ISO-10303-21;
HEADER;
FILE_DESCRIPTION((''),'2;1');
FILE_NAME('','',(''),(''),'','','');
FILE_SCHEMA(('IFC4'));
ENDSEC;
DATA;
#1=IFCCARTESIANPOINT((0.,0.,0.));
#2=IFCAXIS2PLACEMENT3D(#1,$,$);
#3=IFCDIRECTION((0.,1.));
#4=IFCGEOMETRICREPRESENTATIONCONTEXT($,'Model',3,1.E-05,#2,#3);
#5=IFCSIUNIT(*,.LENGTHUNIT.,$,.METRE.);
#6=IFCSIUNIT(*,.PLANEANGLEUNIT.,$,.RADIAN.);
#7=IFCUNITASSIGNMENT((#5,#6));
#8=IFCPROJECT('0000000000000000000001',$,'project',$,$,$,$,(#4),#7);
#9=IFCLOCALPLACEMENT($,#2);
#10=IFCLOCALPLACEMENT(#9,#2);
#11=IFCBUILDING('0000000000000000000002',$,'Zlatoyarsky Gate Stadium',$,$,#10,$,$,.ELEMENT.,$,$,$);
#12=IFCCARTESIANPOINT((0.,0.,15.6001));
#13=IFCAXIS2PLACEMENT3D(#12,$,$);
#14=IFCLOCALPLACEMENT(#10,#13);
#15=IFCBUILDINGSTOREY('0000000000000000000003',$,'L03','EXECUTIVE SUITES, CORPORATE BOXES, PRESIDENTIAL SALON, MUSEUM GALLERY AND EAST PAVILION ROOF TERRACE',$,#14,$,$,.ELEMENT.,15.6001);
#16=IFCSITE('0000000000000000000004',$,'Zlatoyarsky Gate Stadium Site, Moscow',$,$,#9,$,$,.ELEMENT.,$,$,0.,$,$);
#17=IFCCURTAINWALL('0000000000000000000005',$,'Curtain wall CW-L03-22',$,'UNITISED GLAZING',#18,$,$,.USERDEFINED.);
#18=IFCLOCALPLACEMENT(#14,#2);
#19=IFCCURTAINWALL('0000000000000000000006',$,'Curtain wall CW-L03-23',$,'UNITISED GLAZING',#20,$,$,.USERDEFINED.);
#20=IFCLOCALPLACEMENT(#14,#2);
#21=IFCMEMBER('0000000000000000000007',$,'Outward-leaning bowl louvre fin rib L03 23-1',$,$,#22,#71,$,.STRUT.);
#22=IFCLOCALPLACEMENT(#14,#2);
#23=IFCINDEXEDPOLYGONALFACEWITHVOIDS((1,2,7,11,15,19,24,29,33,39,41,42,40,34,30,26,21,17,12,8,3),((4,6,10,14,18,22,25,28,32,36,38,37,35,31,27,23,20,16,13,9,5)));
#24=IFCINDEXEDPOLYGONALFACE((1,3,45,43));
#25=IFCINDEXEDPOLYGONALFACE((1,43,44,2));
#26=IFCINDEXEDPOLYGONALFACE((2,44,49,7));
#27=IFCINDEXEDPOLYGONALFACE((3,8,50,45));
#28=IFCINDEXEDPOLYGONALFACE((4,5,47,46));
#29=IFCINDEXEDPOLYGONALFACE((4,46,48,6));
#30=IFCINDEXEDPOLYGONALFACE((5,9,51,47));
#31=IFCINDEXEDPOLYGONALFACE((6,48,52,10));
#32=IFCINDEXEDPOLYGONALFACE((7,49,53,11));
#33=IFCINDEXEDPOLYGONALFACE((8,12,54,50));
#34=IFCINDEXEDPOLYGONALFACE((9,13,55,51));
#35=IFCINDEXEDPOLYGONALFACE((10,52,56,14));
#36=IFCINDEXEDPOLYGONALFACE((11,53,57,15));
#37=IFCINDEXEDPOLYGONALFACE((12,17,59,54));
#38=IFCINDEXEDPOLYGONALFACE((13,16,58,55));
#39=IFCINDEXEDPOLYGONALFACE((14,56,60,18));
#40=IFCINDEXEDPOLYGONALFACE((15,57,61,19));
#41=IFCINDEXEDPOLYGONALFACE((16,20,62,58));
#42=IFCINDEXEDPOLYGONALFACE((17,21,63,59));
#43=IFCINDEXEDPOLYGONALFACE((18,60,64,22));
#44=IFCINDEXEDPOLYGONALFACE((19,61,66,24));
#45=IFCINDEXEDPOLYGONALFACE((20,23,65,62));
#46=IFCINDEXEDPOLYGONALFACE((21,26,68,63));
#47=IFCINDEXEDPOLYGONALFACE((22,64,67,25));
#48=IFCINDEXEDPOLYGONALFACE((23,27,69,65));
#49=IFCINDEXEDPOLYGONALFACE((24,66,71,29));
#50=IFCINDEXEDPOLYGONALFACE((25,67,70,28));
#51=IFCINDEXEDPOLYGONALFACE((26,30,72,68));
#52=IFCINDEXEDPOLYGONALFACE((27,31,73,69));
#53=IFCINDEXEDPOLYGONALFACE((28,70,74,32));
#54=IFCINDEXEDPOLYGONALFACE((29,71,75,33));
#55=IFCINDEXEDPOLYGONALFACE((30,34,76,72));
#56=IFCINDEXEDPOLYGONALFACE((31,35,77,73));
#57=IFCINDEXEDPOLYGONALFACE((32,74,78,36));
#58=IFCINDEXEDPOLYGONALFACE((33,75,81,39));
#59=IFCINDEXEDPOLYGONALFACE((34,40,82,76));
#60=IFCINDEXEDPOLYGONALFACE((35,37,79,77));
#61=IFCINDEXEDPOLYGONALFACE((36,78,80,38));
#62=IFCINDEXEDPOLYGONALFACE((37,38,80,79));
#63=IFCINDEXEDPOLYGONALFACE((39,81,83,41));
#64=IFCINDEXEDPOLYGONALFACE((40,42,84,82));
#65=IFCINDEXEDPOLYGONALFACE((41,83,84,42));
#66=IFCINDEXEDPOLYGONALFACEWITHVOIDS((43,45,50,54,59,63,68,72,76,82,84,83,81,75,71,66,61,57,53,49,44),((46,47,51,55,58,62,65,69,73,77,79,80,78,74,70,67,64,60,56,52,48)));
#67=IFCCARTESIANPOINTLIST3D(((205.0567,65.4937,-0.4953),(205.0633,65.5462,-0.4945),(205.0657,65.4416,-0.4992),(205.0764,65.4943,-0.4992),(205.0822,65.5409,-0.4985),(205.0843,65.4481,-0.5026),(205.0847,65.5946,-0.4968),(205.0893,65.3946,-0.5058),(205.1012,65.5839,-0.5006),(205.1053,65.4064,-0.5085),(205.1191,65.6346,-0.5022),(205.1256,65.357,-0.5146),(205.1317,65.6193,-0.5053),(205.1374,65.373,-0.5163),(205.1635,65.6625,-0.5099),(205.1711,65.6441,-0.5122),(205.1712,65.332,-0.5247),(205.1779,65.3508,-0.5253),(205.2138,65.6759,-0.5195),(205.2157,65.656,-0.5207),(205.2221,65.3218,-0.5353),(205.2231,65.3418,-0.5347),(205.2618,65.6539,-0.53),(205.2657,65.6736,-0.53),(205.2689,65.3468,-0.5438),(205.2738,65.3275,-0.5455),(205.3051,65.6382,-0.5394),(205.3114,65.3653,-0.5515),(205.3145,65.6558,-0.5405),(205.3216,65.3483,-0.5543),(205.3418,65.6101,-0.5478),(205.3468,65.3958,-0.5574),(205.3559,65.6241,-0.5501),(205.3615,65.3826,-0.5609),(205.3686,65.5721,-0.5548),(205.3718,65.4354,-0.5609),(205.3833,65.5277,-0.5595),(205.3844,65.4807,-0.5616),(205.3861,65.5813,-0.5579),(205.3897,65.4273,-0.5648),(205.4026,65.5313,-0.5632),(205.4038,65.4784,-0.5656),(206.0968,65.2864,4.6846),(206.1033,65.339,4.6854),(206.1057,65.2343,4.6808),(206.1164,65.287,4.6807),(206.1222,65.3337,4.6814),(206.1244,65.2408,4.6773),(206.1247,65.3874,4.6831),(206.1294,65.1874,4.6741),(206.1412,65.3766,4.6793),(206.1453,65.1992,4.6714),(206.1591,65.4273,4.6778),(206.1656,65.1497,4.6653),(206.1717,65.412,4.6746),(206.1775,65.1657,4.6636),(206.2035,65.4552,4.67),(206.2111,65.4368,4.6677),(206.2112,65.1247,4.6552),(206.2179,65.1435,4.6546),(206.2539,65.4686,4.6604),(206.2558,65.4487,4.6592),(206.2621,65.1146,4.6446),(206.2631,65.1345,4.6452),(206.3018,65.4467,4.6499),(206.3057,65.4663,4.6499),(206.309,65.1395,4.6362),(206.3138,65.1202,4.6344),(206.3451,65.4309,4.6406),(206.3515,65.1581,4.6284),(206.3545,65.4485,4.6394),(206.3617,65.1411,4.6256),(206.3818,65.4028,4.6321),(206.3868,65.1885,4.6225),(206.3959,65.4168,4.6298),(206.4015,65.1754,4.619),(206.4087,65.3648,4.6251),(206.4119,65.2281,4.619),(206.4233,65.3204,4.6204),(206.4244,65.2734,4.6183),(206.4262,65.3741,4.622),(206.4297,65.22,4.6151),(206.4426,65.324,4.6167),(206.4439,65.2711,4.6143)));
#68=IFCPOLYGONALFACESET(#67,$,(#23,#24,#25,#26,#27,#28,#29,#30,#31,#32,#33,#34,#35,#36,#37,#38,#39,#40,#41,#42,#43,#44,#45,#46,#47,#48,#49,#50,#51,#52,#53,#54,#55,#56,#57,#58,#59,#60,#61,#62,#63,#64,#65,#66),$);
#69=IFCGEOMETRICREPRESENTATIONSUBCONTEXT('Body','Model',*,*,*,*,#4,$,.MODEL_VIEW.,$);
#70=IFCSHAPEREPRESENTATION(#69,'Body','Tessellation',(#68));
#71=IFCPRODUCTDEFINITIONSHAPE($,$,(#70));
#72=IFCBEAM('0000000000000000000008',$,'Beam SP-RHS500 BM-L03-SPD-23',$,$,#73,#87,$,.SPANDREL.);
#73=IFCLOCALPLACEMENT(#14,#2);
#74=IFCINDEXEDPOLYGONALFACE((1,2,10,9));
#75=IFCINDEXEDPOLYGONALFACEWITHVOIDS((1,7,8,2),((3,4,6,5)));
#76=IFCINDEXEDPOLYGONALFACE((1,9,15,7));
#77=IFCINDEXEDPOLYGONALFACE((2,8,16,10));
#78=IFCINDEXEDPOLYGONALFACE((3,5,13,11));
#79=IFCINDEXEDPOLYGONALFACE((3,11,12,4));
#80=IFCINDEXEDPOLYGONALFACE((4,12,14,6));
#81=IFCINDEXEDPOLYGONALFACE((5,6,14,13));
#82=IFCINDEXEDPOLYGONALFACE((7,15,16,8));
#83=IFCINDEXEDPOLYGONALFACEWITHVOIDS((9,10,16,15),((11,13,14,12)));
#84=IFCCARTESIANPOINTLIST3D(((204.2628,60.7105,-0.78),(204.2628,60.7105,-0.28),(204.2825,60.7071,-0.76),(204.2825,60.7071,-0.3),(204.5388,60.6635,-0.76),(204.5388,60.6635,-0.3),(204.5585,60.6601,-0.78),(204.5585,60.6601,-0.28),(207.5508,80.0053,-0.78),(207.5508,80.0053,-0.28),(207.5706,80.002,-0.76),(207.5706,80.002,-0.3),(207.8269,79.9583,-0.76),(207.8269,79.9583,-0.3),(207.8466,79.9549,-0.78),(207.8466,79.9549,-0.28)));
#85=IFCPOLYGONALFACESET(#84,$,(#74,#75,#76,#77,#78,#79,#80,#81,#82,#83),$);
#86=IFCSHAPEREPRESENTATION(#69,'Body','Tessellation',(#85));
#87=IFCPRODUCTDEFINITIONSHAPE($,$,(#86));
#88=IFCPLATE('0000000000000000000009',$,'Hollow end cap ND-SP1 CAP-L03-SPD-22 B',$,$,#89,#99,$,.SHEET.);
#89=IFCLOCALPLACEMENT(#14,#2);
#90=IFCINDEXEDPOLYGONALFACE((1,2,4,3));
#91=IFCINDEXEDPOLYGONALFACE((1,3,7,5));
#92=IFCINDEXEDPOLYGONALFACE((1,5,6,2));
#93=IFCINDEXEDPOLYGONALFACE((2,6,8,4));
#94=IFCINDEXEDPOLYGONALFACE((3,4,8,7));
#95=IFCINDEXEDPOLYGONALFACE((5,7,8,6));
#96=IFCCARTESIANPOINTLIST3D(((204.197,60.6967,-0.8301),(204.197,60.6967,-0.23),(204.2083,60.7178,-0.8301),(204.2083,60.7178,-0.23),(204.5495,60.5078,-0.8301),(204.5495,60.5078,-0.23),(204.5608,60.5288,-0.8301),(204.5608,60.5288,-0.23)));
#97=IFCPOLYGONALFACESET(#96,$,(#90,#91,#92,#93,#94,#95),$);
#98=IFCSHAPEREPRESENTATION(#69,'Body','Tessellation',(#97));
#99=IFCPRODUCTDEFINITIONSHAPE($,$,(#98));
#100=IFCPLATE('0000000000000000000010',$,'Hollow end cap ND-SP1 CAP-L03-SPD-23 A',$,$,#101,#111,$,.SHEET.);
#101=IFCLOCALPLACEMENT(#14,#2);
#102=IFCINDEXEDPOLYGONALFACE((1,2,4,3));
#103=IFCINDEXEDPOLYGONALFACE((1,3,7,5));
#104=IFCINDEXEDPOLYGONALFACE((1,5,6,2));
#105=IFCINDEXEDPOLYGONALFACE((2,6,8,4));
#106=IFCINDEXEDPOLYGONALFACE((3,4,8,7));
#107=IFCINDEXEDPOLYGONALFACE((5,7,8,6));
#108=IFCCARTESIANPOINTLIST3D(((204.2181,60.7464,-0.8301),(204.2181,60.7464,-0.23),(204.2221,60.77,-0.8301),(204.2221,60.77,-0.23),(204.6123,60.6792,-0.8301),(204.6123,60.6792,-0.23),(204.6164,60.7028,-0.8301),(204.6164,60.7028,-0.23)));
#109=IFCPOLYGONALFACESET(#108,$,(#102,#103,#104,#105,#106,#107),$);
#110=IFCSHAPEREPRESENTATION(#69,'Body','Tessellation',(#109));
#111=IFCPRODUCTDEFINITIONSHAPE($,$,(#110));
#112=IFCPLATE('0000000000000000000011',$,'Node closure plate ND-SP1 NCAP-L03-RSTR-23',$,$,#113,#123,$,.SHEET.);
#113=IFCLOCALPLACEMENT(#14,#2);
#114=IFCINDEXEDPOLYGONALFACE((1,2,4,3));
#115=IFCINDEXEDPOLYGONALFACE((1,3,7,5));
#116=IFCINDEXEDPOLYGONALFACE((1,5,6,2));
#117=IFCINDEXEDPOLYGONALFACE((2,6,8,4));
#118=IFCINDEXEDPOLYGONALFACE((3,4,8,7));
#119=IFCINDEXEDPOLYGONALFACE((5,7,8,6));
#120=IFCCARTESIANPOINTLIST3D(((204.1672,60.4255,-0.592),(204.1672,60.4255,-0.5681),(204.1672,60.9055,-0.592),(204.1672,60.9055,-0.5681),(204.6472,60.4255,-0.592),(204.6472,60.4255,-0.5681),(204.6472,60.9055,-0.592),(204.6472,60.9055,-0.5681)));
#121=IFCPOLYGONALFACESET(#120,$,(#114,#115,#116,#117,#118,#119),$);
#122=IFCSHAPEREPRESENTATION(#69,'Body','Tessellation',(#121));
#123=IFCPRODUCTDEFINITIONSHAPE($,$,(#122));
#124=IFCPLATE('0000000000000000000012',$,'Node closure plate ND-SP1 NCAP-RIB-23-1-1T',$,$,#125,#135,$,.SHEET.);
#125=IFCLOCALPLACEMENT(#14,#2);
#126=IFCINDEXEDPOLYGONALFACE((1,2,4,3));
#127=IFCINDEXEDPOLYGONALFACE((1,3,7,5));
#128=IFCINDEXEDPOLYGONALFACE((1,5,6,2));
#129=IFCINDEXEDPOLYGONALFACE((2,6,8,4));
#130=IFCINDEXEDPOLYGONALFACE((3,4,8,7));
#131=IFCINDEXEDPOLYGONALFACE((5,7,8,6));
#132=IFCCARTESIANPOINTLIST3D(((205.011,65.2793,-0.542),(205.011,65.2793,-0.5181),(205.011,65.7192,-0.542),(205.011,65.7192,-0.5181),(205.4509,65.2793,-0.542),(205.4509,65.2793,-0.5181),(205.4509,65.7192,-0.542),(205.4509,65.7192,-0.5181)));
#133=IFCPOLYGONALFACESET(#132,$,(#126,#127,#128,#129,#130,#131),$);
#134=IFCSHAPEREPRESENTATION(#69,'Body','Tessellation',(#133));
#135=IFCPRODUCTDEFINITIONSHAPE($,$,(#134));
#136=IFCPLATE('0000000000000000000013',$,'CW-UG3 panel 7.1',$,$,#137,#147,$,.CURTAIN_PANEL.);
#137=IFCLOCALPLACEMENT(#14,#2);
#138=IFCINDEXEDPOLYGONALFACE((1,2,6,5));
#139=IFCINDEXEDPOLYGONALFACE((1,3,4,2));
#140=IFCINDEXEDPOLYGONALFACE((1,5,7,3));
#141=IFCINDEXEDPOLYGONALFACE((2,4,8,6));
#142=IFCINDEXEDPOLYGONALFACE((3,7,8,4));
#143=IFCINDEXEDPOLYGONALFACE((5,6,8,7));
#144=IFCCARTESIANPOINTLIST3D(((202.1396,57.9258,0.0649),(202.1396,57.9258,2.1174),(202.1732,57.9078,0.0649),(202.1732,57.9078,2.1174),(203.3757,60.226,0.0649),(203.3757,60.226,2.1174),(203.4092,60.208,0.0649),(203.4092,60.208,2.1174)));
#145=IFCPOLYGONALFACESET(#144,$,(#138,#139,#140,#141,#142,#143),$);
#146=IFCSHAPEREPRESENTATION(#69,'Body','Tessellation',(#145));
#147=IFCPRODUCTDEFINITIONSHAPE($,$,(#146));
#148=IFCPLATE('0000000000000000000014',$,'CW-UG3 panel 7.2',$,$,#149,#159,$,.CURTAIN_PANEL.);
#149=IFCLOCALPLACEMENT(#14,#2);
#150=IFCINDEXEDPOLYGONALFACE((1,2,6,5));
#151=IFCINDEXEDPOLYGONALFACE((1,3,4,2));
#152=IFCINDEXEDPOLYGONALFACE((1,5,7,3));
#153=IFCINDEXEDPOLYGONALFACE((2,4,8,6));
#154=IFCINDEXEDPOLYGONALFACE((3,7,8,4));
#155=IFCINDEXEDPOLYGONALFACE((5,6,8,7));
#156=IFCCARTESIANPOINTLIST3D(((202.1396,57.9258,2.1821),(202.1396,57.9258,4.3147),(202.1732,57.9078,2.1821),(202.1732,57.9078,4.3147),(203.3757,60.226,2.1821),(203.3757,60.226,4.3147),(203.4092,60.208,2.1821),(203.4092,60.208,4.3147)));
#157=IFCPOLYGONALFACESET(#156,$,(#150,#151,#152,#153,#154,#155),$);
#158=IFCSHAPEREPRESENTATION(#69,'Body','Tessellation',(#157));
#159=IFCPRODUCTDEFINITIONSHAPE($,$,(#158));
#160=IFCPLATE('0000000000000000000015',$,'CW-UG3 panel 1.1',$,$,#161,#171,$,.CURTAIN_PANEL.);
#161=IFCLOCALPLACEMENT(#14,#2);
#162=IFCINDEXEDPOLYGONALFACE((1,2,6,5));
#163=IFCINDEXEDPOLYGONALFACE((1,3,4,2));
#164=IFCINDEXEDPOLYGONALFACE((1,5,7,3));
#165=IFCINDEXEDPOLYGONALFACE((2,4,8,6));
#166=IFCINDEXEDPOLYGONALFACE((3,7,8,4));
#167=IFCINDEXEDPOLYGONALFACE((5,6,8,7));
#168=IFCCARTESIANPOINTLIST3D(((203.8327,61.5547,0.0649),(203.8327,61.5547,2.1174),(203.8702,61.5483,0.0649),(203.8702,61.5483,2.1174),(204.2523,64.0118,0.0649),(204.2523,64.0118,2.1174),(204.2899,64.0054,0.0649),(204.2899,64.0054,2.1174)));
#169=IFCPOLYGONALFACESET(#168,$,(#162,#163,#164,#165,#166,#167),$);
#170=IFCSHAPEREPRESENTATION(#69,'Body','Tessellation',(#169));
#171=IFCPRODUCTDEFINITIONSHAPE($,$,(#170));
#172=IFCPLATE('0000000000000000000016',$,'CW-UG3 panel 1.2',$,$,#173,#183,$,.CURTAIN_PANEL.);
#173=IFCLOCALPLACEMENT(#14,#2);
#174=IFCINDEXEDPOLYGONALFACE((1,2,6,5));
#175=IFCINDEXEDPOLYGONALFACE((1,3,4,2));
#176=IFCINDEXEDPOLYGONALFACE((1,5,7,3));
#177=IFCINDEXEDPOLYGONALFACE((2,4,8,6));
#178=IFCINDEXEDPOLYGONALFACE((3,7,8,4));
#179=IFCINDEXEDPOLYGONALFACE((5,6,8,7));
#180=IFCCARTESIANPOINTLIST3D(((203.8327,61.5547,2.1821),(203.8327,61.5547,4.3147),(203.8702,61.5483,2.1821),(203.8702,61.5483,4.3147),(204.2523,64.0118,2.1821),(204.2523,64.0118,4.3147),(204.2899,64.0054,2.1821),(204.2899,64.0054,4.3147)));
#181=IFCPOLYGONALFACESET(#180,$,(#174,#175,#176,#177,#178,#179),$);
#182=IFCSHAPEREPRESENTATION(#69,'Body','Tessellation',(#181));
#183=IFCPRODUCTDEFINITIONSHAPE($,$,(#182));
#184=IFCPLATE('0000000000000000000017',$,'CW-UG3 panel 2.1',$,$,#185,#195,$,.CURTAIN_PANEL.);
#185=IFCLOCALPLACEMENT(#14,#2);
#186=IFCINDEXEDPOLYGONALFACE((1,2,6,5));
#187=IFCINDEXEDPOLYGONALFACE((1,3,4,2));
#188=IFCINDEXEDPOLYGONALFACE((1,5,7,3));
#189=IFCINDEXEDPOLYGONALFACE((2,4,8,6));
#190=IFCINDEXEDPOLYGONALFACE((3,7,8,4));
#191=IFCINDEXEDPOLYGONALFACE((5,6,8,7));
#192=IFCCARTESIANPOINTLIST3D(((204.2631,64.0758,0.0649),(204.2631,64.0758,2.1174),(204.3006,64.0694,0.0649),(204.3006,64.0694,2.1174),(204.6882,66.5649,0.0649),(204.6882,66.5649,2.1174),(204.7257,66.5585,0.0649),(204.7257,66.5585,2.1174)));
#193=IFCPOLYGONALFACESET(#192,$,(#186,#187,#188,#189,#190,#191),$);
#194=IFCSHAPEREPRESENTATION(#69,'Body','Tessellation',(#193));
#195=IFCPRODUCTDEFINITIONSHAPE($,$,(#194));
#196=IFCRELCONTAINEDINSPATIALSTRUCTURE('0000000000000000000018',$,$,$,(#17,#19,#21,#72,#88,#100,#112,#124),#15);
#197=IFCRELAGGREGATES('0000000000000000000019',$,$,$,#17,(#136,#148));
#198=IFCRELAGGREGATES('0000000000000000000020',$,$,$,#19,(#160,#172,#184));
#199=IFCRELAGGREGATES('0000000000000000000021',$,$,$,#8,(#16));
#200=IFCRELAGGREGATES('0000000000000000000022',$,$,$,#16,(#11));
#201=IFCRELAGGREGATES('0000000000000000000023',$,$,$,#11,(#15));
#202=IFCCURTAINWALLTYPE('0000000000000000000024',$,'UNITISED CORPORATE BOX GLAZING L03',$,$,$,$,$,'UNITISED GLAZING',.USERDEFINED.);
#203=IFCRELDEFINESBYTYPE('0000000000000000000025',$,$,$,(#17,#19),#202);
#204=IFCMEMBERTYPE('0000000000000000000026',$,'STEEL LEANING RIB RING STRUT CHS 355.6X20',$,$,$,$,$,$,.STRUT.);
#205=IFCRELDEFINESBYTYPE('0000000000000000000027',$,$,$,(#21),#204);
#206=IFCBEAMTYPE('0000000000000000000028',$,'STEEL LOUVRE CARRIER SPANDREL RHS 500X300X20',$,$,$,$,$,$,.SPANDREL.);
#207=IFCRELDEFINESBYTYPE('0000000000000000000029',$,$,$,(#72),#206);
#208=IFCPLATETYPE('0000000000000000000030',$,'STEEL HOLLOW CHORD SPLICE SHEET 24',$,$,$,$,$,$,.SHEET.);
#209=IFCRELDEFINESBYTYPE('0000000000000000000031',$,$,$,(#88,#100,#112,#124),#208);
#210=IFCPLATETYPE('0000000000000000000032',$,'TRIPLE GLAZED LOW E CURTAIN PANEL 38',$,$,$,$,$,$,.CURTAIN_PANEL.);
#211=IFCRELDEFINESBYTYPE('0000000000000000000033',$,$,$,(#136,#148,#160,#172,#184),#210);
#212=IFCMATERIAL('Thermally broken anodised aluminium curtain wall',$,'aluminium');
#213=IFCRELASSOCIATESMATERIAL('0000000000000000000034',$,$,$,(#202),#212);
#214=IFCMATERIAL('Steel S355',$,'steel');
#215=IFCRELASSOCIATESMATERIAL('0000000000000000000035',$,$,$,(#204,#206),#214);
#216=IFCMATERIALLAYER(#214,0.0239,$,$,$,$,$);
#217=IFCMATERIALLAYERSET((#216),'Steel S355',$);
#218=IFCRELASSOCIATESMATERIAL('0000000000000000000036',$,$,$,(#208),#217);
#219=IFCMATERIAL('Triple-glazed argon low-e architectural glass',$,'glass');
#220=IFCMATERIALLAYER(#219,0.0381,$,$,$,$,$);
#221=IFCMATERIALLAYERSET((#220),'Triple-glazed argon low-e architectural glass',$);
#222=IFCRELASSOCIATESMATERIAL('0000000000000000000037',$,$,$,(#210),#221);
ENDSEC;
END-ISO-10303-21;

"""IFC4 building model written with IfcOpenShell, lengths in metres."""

from ifc_helpers import new_model, si_unit, direction, frame, origin, origin_2d, place, context, subcontext, project, spatial, rectangle, hollow_rectangle, hollow_circle, extrude, material, layer, layer_set, material_profile, profile_set, type_object, element, aggregate, save


model = new_model("IFC4")

# Units and contexts
model_context = context("Model", 3, precision=1e-05, world=origin(), true_north=direction((0.0, 1.0)))
body_context = subcontext(model_context, "Body", "Model", "MODEL_VIEW")
ifc_project = project(units=[si_unit("LENGTHUNIT", "METRE"), si_unit("PLANEANGLEUNIT", "RADIAN")], contexts=[model_context])

# Site, building, storey
site_placement = place(None, origin())
site = spatial("IfcSite", under=ifc_project, at=site_placement, Name="Zlatoyarsky Gate Stadium Site, Moscow", CompositionType="ELEMENT", RefElevation=0.0)
building_placement = place(site_placement, origin())
building = spatial("IfcBuilding", under=site, at=building_placement, Name="Zlatoyarsky Gate Stadium", CompositionType="ELEMENT")
storey_placement = place(building_placement, frame((0.0, 0.0, 15.6001)))
storey = spatial("IfcBuildingStorey", under=building, at=storey_placement, Name="L03", Description="EXECUTIVE SUITES, CORPORATE BOXES, PRESIDENTIAL SALON, MUSEUM GALLERY AND EAST PAVILION ROOF TERRACE", CompositionType="ELEMENT", Elevation=15.6001)

# Curtain wall
ifc_material_1 = material(Name="Thermally broken anodised aluminium curtain wall", Category="aluminium")
curtain_wall_type = type_object("IfcCurtainWallType", Name="UNITISED CORPORATE BOX GLAZING L03", ElementType="UNITISED GLAZING", PredefinedType="USERDEFINED", material=ifc_material_1)
curtain_wall_1_placement = place(storey_placement, origin())
curtain_wall_1 = element("IfcCurtainWall", 1, at=curtain_wall_1_placement, inside=storey, type_object=curtain_wall_type, Name="Curtain wall CW-L03-22", ObjectType="UNITISED GLAZING", PredefinedType="USERDEFINED")

# Curtain wall
curtain_wall_2_placement = place(storey_placement, origin())
curtain_wall_2 = element("IfcCurtainWall", 2, at=curtain_wall_2_placement, inside=storey, type_object=curtain_wall_type, Name="Curtain wall CW-L03-23", ObjectType="UNITISED GLAZING", PredefinedType="USERDEFINED")

# Member
ifc_material_2 = material(Name="Steel S355", Category="steel")
ifc_material_profile_1 = material_profile(ifc_material_2, hollow_circle(Radius=0.1777, WallThickness=0.02, at=origin_2d()), Name="CHS 355.6X20")
ifc_profile_set_1 = profile_set([ifc_material_profile_1], Name="Steel S355")
member_type_1 = type_object("IfcMemberType", Name="STEEL LEANING RIB RING STRUT CHS 355.6X20", PredefinedType="STRUT", material=ifc_profile_set_1)
member_1_placement = place(storey_placement, frame((205.231, 65.4993, -0.53), z_axis=(0.196702, -0.039202, 0.979679), x_axis=(0.195452, 0.980713, 0.0)))
element("IfcMember", 3, at=member_1_placement, inside=storey, type_object=member_type_1, Name="Outward-leaning bowl louvre fin rib L03 23-1", PredefinedType="STRUT", context=body_context, shape_type="SweptSolid", body=[
    extrude(hollow_circle(Radius=0.1777, WallThickness=0.02, at=origin_2d()), origin(), (0.0, 0.0, 1.0), 5.2874),
])

# Beam
ifc_material_profile_2 = material_profile(ifc_material_2, hollow_rectangle(XDim=0.3, YDim=0.5, WallThickness=0.02, at=origin_2d()), Name="RHS 500X300X20")
ifc_profile_set_2 = profile_set([ifc_material_profile_2], Name="Steel S355")
beam_type = type_object("IfcBeamType", Name="STEEL LOUVRE CARRIER SPANDREL RHS 500X300X20", PredefinedType="SPANDREL", material=ifc_profile_set_2)
beam_placement = place(storey_placement, frame((204.4106, 60.6853, -0.53), z_axis=(0.16799, 0.985789, 0.0), x_axis=(-0.985789, 0.16799, 0.0)))
element("IfcBeam", 4, at=beam_placement, inside=storey, type_object=beam_type, Name="Beam SP-RHS500 BM-L03-SPD-23", PredefinedType="SPANDREL", context=body_context, shape_type="SweptSolid", body=[
    extrude(hollow_rectangle(XDim=0.3, YDim=0.5, WallThickness=0.02, at=origin_2d()), origin(), (0.0, 0.0, 1.0), 19.573),
])

# Plates
ifc_layer_1 = layer(ifc_material_2, 0.0239)
ifc_layer_set_1 = layer_set([ifc_layer_1], Name="Steel S355")
plate_type_1 = type_object("IfcPlateType", Name="STEEL HOLLOW CHORD SPLICE SHEET 24", PredefinedType="SHEET", material=ifc_layer_set_1)
for number, where, z_axis, x_axis, name in (
    (5, (204.3789, 60.6128, -0.8301), (0.0, 0.0, 1.0), (0.472556, 0.881301, 0.0), "Hollow end cap ND-SP1 CAP-L03-SPD-22 B"),
    (6, (204.4172, 60.7246, -0.8301), (0.0, 0.0, 1.0), (0.167999, 0.985787, 0.0), "Hollow end cap ND-SP1 CAP-L03-SPD-23 A"),
):
    element("IfcPlate", number, at=place(storey_placement, frame(where, z_axis=z_axis, x_axis=x_axis)), inside=storey, type_object=plate_type_1, Name=name, PredefinedType="SHEET", context=body_context, shape_type="SweptSolid", body=[
        extrude(rectangle(XDim=0.0239, YDim=0.3999, at=origin_2d()), origin(), (0.0, 0.0, 1.0), 0.6001),
    ])
plate_1_placement = place(storey_placement, frame((204.4072, 60.6655, -0.592), z_axis=(0.0, 0.0, 1.0), x_axis=(1.0, 0.0, 0.0)))
element("IfcPlate", 7, at=plate_1_placement, inside=storey, type_object=plate_type_1, Name="Node closure plate ND-SP1 NCAP-L03-RSTR-23", PredefinedType="SHEET", context=body_context, shape_type="SweptSolid", body=[
    extrude(rectangle(XDim=0.48, YDim=0.48, at=origin_2d()), origin(), (0.0, 0.0, 1.0), 0.0239),
])
plate_2_placement = place(storey_placement, frame((205.231, 65.4993, -0.542), z_axis=(0.0, 0.0, 1.0), x_axis=(1.0, 0.0, 0.0)))
element("IfcPlate", 8, at=plate_2_placement, inside=storey, type_object=plate_type_1, Name="Node closure plate ND-SP1 NCAP-RIB-23-1-1T", PredefinedType="SHEET", context=body_context, shape_type="SweptSolid", body=[
    extrude(rectangle(XDim=0.4399, YDim=0.4399, at=origin_2d()), origin(), (0.0, 0.0, 1.0), 0.0239),
])

# Plates
ifc_material_3 = material(Name="Triple-glazed argon low-e architectural glass", Category="glass")
ifc_layer_2 = layer(ifc_material_3, 0.0381)
ifc_layer_set_2 = layer_set([ifc_layer_2], Name="Triple-glazed argon low-e architectural glass")
plate_type_2 = type_object("IfcPlateType", Name="TRIPLE GLAZED LOW E CURTAIN PANEL 38", PredefinedType="CURTAIN_PANEL", material=ifc_layer_set_2)
plate_3_placement = place(storey_placement, frame((202.7744, 59.0669, 0.0649), z_axis=(0.0, 0.0, 1.0), x_axis=(0.473345, 0.880877, 0.0)))
plate_3 = element("IfcPlate", 9, at=plate_3_placement, type_object=plate_type_2, Name="CW-UG3 panel 7.1", PredefinedType="CURTAIN_PANEL", context=body_context, shape_type="SweptSolid", body=[
    extrude(rectangle(XDim=2.6113, YDim=0.0381, at=origin_2d()), origin(), (0.0, 0.0, 1.0), 2.0525),
])
plate_4_placement = place(storey_placement, frame((202.7744, 59.0669, 2.1821), z_axis=(0.0, 0.0, 1.0), x_axis=(0.473345, 0.880877, 0.0)))
plate_4 = element("IfcPlate", 10, at=plate_4_placement, type_object=plate_type_2, Name="CW-UG3 panel 7.2", PredefinedType="CURTAIN_PANEL", context=body_context, shape_type="SweptSolid", body=[
    extrude(rectangle(XDim=2.6113, YDim=0.0381, at=origin_2d()), origin(), (0.0, 0.0, 1.0), 2.1326),
])
aggregate(curtain_wall_1, [plate_3, plate_4])
plate_5_placement = place(storey_placement, frame((204.0613, 62.78, 0.0649), z_axis=(0.0, 0.0, 1.0), x_axis=(0.168356, 0.985726, 0.0)))
plate_5 = element("IfcPlate", 11, at=plate_5_placement, type_object=plate_type_2, Name="CW-UG3 panel 1.1", PredefinedType="CURTAIN_PANEL", context=body_context, shape_type="SweptSolid", body=[
    extrude(rectangle(XDim=2.4927, YDim=0.0381, at=origin_2d()), origin(), (0.0, 0.0, 1.0), 2.0525),
])
plate_6_placement = place(storey_placement, frame((204.0613, 62.78, 2.1821), z_axis=(0.0, 0.0, 1.0), x_axis=(0.168356, 0.985726, 0.0)))
plate_6 = element("IfcPlate", 12, at=plate_6_placement, type_object=plate_type_2, Name="CW-UG3 panel 1.2", PredefinedType="CURTAIN_PANEL", context=body_context, shape_type="SweptSolid", body=[
    extrude(rectangle(XDim=2.4927, YDim=0.0381, at=origin_2d()), origin(), (0.0, 0.0, 1.0), 2.1326),
])
plate_7_placement = place(storey_placement, frame((204.4944, 65.3171, 0.0649), z_axis=(0.0, 0.0, 1.0), x_axis=(0.168356, 0.985726, 0.0)))
plate_7 = element("IfcPlate", 13, at=plate_7_placement, type_object=plate_type_2, Name="CW-UG3 panel 2.1", PredefinedType="CURTAIN_PANEL", context=body_context, shape_type="SweptSolid", body=[
    extrude(rectangle(XDim=2.5251, YDim=0.0381, at=origin_2d()), origin(), (0.0, 0.0, 1.0), 2.0525),
])
aggregate(curtain_wall_2, [plate_5, plate_6, plate_7])

save(model, "model.ifc")
